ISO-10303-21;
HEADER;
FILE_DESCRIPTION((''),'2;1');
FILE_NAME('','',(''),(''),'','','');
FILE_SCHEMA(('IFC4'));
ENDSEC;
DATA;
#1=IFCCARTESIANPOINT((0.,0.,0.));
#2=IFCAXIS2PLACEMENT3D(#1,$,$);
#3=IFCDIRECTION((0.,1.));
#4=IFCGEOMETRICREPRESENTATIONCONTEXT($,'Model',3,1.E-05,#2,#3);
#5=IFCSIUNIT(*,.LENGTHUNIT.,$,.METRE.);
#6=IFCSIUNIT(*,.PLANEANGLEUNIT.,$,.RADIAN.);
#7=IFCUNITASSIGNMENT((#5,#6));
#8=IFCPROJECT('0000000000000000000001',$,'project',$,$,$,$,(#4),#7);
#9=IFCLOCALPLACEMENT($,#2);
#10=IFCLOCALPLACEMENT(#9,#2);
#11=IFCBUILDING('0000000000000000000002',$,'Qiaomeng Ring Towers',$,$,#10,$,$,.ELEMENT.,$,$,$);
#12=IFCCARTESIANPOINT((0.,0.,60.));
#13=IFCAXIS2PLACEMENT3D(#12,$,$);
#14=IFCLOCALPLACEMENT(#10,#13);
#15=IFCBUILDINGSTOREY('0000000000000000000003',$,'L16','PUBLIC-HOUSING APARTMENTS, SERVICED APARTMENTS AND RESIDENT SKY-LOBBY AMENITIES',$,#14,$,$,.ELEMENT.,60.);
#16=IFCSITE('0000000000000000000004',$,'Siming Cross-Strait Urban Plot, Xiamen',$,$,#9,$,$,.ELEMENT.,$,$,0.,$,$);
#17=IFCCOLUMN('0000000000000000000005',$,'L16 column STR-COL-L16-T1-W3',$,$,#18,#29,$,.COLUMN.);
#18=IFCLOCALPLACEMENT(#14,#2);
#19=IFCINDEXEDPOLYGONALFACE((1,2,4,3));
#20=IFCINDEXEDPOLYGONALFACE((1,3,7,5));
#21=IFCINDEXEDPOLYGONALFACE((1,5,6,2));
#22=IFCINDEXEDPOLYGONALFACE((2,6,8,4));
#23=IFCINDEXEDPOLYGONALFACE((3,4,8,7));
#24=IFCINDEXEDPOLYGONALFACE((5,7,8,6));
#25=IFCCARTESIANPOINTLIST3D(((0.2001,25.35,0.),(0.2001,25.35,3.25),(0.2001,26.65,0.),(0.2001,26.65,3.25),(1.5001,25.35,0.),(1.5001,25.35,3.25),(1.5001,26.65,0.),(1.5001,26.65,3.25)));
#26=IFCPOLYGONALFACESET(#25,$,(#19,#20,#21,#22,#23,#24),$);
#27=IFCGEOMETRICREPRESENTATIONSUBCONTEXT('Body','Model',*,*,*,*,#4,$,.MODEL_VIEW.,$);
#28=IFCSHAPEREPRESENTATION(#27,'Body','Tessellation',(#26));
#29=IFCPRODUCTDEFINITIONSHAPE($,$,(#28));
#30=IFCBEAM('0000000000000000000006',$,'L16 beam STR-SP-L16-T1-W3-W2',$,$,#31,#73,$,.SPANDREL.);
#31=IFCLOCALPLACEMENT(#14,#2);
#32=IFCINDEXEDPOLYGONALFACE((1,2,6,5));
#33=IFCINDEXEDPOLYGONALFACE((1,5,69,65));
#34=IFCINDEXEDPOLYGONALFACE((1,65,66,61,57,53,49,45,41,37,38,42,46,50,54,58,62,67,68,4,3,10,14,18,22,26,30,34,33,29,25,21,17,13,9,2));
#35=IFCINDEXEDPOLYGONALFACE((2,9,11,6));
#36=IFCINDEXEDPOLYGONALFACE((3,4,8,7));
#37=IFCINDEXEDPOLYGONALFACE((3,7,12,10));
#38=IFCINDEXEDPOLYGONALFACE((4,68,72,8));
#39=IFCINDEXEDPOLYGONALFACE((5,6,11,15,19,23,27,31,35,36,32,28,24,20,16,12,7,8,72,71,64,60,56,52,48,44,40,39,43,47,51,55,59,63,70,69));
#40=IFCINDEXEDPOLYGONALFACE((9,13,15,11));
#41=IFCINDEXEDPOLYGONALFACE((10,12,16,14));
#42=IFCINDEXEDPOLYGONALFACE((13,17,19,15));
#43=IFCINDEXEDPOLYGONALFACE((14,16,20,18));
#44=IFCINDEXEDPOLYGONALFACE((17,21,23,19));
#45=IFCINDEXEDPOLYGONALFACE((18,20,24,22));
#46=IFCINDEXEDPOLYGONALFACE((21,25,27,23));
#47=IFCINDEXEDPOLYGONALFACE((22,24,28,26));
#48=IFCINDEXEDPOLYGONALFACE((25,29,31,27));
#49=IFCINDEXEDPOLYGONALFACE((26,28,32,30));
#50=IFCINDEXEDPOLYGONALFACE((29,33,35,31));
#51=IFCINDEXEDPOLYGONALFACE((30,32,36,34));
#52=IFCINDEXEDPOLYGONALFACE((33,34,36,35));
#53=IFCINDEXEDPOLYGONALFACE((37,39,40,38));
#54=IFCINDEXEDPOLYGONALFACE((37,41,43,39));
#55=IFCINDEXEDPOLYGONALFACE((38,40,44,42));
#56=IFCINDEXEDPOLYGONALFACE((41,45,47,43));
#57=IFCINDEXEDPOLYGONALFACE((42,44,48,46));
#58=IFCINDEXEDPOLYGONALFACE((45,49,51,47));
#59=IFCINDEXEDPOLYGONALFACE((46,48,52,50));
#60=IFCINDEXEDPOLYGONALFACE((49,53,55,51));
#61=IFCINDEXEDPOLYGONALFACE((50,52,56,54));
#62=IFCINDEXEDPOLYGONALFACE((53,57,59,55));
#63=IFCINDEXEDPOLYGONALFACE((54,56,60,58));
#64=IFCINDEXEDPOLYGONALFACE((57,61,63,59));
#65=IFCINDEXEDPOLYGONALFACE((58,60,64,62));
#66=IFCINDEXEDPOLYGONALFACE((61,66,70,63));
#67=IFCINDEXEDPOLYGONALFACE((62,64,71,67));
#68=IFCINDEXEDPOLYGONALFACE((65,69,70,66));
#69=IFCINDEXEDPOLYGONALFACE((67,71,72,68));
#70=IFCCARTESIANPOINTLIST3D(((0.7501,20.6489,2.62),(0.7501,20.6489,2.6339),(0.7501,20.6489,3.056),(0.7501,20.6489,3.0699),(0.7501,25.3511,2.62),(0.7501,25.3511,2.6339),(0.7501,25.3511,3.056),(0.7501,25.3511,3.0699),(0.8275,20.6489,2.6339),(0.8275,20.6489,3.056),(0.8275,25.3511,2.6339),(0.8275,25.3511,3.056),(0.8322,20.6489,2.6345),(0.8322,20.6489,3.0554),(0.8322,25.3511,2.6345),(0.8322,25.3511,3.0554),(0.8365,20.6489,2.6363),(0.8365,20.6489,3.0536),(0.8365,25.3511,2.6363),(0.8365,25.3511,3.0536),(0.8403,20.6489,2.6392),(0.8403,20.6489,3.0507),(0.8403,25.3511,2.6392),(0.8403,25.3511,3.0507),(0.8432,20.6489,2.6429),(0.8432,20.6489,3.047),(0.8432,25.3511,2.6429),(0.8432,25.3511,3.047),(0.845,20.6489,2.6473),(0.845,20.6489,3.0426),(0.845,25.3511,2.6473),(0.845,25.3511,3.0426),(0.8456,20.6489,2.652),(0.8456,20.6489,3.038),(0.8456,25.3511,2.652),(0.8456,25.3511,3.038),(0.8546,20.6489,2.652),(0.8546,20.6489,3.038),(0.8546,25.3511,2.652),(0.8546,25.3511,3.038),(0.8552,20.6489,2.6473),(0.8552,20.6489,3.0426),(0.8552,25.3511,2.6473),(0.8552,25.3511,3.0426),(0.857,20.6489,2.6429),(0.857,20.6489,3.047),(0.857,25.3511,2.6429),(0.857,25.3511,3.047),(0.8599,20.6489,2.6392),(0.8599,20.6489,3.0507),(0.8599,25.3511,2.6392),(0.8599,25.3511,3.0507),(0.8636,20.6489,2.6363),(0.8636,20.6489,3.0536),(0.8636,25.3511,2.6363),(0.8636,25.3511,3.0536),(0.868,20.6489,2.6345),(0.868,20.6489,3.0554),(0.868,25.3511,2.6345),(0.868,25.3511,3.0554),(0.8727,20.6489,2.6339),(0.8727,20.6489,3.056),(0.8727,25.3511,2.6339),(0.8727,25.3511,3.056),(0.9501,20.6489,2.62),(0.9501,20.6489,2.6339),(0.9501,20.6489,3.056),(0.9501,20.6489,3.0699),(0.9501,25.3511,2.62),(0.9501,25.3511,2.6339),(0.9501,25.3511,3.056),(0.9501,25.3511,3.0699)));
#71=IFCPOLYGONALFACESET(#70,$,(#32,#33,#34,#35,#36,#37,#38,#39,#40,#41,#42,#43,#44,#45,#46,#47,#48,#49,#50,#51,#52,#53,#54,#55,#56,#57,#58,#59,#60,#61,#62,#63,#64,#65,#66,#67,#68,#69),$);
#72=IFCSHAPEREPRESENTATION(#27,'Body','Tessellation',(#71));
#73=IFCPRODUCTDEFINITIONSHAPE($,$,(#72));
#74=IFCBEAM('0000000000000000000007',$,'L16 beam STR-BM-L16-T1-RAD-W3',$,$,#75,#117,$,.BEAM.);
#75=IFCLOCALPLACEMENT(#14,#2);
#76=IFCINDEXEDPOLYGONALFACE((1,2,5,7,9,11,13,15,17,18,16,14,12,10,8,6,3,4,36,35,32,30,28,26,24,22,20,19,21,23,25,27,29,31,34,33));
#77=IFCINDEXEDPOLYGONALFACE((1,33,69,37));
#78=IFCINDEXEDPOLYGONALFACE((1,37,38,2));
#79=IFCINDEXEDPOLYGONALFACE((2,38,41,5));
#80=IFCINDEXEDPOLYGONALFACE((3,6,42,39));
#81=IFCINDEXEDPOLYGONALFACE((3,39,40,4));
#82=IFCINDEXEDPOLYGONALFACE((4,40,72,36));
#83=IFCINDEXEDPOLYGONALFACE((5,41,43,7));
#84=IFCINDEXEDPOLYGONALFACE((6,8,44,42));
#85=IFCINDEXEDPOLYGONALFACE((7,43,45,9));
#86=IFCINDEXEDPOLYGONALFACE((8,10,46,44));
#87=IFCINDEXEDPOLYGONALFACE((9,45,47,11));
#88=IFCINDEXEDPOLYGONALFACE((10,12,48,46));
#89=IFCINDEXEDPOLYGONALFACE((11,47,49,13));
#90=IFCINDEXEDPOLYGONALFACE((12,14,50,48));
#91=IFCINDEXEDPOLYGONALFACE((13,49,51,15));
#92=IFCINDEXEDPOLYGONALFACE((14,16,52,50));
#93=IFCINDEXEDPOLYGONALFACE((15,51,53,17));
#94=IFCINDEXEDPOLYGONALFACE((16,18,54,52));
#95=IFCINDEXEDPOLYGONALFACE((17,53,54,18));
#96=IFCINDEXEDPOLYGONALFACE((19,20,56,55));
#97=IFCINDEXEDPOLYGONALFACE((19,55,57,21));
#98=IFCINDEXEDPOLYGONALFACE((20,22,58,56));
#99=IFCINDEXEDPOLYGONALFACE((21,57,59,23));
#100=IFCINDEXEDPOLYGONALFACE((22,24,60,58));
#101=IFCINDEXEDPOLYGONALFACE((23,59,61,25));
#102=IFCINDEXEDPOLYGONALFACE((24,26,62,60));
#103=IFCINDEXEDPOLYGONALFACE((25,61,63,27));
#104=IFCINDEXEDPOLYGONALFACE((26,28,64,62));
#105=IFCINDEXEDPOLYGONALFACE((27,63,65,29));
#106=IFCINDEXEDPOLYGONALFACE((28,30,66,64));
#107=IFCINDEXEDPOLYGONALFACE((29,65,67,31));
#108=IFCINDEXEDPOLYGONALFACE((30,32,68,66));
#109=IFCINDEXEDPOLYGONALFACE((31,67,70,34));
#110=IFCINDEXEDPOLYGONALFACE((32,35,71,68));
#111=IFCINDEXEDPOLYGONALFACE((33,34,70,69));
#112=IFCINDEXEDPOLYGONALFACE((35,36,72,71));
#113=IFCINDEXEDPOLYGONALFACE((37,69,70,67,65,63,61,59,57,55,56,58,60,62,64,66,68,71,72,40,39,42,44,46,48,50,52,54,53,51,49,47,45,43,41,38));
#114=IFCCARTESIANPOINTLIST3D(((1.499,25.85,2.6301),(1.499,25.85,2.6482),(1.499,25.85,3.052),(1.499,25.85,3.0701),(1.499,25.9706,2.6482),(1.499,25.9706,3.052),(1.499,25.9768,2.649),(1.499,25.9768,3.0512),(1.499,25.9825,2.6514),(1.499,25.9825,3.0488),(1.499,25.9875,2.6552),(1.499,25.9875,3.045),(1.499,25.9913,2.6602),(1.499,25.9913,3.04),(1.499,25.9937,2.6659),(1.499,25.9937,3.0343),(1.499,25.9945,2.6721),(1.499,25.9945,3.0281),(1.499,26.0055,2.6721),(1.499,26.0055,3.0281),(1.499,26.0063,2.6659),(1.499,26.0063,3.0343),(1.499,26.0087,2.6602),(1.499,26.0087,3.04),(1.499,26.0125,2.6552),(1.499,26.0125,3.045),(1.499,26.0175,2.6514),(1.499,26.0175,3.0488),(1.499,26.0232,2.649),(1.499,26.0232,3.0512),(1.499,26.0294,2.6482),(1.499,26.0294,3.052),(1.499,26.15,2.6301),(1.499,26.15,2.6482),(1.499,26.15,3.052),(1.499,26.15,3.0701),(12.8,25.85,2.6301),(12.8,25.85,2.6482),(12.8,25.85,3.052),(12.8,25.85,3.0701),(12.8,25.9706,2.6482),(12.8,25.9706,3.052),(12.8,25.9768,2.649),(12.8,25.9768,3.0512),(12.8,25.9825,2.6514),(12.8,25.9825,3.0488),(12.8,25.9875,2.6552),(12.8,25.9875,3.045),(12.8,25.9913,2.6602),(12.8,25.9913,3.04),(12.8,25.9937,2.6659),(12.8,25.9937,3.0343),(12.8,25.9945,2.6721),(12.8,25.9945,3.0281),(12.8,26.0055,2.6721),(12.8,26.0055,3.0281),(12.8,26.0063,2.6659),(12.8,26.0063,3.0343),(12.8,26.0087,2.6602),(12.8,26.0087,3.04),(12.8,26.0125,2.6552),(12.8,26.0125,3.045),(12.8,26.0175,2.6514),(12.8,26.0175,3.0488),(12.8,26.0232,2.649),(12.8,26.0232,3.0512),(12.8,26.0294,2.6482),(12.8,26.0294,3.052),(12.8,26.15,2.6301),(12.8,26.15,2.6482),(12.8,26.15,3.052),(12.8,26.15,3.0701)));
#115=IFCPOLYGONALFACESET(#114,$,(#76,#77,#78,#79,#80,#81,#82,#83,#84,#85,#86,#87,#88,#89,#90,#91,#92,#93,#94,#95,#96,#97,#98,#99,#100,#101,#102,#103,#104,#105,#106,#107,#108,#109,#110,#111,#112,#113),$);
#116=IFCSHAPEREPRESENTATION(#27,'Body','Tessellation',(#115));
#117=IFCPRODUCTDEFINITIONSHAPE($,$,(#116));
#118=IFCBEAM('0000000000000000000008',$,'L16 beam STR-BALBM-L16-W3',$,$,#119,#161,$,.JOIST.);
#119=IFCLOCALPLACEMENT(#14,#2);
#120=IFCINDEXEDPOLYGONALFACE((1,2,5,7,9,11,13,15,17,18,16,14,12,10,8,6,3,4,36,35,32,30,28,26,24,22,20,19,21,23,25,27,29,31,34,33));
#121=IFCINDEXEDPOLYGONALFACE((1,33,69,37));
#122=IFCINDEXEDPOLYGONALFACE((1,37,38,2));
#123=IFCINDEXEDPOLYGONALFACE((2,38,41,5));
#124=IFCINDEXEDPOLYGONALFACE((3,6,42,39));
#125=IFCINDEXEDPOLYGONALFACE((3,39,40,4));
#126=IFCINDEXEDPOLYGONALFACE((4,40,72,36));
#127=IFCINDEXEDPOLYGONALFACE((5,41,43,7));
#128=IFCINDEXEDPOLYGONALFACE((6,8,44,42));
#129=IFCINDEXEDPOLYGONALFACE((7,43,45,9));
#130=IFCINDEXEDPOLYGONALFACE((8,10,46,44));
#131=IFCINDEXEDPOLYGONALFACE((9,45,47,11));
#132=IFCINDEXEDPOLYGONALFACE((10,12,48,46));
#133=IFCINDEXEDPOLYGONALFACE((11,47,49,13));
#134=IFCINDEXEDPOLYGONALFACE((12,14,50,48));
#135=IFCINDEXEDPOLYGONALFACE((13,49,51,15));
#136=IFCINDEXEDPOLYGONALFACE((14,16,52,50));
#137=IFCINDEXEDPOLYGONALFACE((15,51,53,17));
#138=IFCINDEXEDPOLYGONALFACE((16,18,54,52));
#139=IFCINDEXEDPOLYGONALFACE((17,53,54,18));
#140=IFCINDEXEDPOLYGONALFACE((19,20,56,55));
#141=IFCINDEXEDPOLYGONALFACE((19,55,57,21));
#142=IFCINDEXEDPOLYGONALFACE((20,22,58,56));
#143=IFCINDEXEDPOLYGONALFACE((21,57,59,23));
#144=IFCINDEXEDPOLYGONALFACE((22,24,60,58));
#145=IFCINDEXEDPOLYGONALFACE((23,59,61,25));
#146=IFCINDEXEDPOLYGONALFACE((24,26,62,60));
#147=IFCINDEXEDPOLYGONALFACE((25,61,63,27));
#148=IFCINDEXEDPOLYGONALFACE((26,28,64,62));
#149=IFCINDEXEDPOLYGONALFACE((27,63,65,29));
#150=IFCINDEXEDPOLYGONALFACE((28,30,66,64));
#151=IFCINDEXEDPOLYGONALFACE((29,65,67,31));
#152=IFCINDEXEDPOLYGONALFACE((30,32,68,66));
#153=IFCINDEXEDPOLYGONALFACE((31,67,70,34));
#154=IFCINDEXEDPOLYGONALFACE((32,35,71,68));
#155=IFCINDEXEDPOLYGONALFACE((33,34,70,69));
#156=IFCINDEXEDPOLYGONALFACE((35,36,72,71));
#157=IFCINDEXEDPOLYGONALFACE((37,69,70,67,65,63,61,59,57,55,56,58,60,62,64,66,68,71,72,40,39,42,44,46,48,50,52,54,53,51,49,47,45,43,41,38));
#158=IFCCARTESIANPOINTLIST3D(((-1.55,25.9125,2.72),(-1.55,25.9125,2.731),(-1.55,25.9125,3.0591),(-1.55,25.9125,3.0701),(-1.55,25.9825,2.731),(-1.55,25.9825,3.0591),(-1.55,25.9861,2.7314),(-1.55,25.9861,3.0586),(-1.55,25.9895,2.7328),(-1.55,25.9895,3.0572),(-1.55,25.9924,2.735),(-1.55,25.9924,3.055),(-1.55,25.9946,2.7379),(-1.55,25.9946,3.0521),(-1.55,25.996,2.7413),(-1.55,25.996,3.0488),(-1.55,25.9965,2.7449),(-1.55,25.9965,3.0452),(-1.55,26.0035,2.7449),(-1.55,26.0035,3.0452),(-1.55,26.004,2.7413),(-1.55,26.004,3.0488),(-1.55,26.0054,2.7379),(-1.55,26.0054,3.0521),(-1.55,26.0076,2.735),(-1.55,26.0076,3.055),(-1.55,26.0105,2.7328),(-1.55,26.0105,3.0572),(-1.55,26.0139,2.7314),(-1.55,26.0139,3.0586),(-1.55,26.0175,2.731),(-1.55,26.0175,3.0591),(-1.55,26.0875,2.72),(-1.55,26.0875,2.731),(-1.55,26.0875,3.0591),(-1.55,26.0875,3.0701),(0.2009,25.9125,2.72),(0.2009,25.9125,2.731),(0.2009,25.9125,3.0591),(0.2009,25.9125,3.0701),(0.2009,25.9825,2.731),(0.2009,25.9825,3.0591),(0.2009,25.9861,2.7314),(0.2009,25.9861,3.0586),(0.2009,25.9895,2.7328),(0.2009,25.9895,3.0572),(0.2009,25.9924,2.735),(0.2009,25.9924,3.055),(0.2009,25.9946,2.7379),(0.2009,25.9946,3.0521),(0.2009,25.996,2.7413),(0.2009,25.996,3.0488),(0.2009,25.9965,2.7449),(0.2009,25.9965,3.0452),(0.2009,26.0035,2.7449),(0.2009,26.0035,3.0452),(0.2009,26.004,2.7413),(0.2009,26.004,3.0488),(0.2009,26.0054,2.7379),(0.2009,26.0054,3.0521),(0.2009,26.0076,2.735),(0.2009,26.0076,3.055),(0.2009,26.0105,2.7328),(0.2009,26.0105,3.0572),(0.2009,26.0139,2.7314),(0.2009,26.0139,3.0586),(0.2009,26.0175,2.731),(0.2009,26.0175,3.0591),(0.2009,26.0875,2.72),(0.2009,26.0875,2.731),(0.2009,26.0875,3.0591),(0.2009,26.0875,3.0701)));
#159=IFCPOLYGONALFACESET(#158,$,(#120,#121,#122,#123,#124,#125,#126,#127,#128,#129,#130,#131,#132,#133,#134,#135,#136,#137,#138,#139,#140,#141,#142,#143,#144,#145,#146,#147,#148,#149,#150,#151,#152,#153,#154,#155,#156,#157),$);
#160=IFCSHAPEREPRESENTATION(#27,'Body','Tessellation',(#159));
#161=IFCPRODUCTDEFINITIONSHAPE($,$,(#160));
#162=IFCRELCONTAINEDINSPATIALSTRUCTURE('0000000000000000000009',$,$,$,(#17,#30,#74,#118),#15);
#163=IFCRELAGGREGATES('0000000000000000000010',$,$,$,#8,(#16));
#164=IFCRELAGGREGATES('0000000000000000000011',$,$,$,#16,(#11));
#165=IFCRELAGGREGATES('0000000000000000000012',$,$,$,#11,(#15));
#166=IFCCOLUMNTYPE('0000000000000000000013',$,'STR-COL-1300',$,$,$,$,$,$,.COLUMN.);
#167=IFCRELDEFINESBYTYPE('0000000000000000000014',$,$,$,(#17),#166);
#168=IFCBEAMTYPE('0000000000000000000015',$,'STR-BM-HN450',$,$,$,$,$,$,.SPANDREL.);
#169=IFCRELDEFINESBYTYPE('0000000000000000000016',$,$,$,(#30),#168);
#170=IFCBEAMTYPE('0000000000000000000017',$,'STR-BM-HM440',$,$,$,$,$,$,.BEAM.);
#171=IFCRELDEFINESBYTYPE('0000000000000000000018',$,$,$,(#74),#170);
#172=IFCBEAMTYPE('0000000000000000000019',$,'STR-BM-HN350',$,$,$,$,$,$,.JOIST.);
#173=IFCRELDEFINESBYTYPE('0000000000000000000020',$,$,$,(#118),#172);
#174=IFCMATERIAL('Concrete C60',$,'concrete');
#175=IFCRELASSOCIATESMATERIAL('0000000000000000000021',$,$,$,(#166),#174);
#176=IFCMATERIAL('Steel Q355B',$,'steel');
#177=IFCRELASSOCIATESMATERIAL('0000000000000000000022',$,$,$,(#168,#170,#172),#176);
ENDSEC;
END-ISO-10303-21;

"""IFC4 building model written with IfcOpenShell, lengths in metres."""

from ifc_helpers import new_model, si_unit, direction, frame, origin, origin_2d, place, context, subcontext, project, spatial, rectangle, i_section, extrude, source, transform, mapped, material, material_profile, profile_set, type_object, element, save


model = new_model("IFC4")

# Units and contexts
model_context = context("Model", 3, precision=1e-05, world=origin(), true_north=direction((0.0, 1.0)))
body_context = subcontext(model_context, "Body", "Model", "MODEL_VIEW")
ifc_project = project(units=[si_unit("LENGTHUNIT", "METRE"), si_unit("PLANEANGLEUNIT", "RADIAN")], contexts=[model_context])

# Site, building, storey
site_placement = place(None, origin())
site = spatial("IfcSite", under=ifc_project, at=site_placement, Name="Siming Cross-Strait Urban Plot, Xiamen", CompositionType="ELEMENT", RefElevation=0.0)
building_placement = place(site_placement, origin())
building = spatial("IfcBuilding", under=site, at=building_placement, Name="Qiaomeng Ring Towers", CompositionType="ELEMENT")
storey_placement = place(building_placement, frame((0.0, 0.0, 60.0)))
storey = spatial("IfcBuildingStorey", under=building, at=storey_placement, Name="L16", Description="PUBLIC-HOUSING APARTMENTS, SERVICED APARTMENTS AND RESIDENT SKY-LOBBY AMENITIES", CompositionType="ELEMENT", Elevation=60.0)

# Column
ifc_material_1 = material(Name="Concrete C60", Category="concrete")
ifc_material_profile_1 = material_profile(ifc_material_1, rectangle(XDim=1.3, YDim=1.3, at=origin_2d()), Name="RC COL 1300x1300")
ifc_profile_set_1 = profile_set([ifc_material_profile_1], Name="Concrete C60")
column_type = type_object("IfcColumnType", Name="STR-COL-1300", PredefinedType="COLUMN", material=ifc_profile_set_1)
shared_shape_1 = source(origin(), body_context, "Body", "SweptSolid", [
    extrude(rectangle(XDim=1.3, YDim=1.3, at=origin_2d()), origin(), (0.0, 0.0, 1.0), 3.25),
])
column_placement = place(storey_placement, frame((0.8501, 26.0, 0.0), z_axis=(0.0, 0.0, 1.0), x_axis=(1.0, 0.0, 0.0)))
element("IfcColumn", 1, at=column_placement, inside=storey, type_object=column_type, Name="L16 column STR-COL-L16-T1-W3", PredefinedType="COLUMN", context=body_context, shape_type="MappedRepresentation", body=[
    mapped(shared_shape_1, transform((0.0, 0.0, 0.0), x_axis=(1.0, 0.0, 0.0), y_axis=(0.0, 1.0, 0.0), z_axis=(0.0, 0.0, 1.0), scale=1.0)),
])

# Beams
ifc_material_2 = material(Name="Steel Q355B", Category="steel")
ifc_material_profile_2 = material_profile(ifc_material_2, i_section(OverallWidth=0.2, OverallDepth=0.45, WebThickness=0.009, FlangeThickness=0.0139, FilletRadius=0.0181, at=origin_2d()), Name="HN 450x200x9x14")
ifc_profile_set_2 = profile_set([ifc_material_profile_2], Name="Steel Q355B")
beam_type_1 = type_object("IfcBeamType", Name="STR-BM-HN450", PredefinedType="SPANDREL", material=ifc_profile_set_2)
shared_shape_2 = source(origin(), body_context, "Body", "SweptSolid", [
    extrude(i_section(OverallWidth=0.2, OverallDepth=0.45, WebThickness=0.009, FlangeThickness=0.0139, FilletRadius=0.0181, at=origin_2d()), origin(), (0.0, 0.0, 1.0), 4.7021),
])
beam_1_placement = place(storey_placement, frame((0.8501, 25.3511, 2.845), z_axis=(0.0, -1.0, 0.0), x_axis=(1.0, 0.0, 0.0)))
element("IfcBeam", 2, at=beam_1_placement, inside=storey, type_object=beam_type_1, Name="L16 beam STR-SP-L16-T1-W3-W2", PredefinedType="SPANDREL", context=body_context, shape_type="MappedRepresentation", body=[
    mapped(shared_shape_2, transform((0.0, 0.0, 0.0), x_axis=(1.0, 0.0, 0.0), y_axis=(0.0, 1.0, 0.0), z_axis=(0.0, 0.0, 1.0), scale=1.0)),
])
ifc_material_profile_3 = material_profile(ifc_material_2, i_section(OverallWidth=0.3, OverallDepth=0.4399, WebThickness=0.011, FlangeThickness=0.0181, FilletRadius=0.0239, at=origin_2d()), Name="HM 440x300x11x18")
ifc_profile_set_3 = profile_set([ifc_material_profile_3], Name="Steel Q355B")
beam_type_2 = type_object("IfcBeamType", Name="STR-BM-HM440", PredefinedType="BEAM", material=ifc_profile_set_3)
shared_shape_3 = source(origin(), body_context, "Body", "SweptSolid", [
    extrude(i_section(OverallWidth=0.3, OverallDepth=0.4399, WebThickness=0.011, FlangeThickness=0.0181, FilletRadius=0.0239, at=origin_2d()), origin(), (0.0, 0.0, 1.0), 11.301),
])
beam_2_placement = place(storey_placement, frame((1.499, 26.0, 2.8501), z_axis=(1.0, 0.0, 0.0), x_axis=(0.0, 1.0, 0.0)))
element("IfcBeam", 3, at=beam_2_placement, inside=storey, type_object=beam_type_2, Name="L16 beam STR-BM-L16-T1-RAD-W3", PredefinedType="BEAM", context=body_context, shape_type="MappedRepresentation", body=[
    mapped(shared_shape_3, transform((0.0, 0.0, 0.0), x_axis=(1.0, 0.0, 0.0), y_axis=(0.0, 1.0, 0.0), z_axis=(0.0, 0.0, 1.0), scale=1.0)),
])
ifc_material_profile_4 = material_profile(ifc_material_2, i_section(OverallWidth=0.175, OverallDepth=0.3501, WebThickness=0.0071, FlangeThickness=0.011, FilletRadius=0.0139, at=origin_2d()), Name="HN 350x175x7x11")
ifc_profile_set_4 = profile_set([ifc_material_profile_4], Name="Steel Q355B")
beam_type_3 = type_object("IfcBeamType", Name="STR-BM-HN350", PredefinedType="JOIST", material=ifc_profile_set_4)
shared_shape_4 = source(origin(), body_context, "Body", "SweptSolid", [
    extrude(i_section(OverallWidth=0.175, OverallDepth=0.3501, WebThickness=0.0071, FlangeThickness=0.011, FilletRadius=0.0139, at=origin_2d()), origin(), (0.0, 0.0, 1.0), 1.751),
])
beam_3_placement = place(storey_placement, frame((-1.55, 26.0, 2.895), z_axis=(1.0, 0.0, 0.0), x_axis=(0.0, 1.0, 0.0)))
element("IfcBeam", 4, at=beam_3_placement, inside=storey, type_object=beam_type_3, Name="L16 beam STR-BALBM-L16-W3", PredefinedType="JOIST", context=body_context, shape_type="MappedRepresentation", body=[
    mapped(shared_shape_4, transform((0.0, 0.0, 0.0), x_axis=(1.0, 0.0, 0.0), y_axis=(0.0, 1.0, 0.0), z_axis=(0.0, 0.0, 1.0), scale=1.0)),
])

save(model, "model.ifc")
